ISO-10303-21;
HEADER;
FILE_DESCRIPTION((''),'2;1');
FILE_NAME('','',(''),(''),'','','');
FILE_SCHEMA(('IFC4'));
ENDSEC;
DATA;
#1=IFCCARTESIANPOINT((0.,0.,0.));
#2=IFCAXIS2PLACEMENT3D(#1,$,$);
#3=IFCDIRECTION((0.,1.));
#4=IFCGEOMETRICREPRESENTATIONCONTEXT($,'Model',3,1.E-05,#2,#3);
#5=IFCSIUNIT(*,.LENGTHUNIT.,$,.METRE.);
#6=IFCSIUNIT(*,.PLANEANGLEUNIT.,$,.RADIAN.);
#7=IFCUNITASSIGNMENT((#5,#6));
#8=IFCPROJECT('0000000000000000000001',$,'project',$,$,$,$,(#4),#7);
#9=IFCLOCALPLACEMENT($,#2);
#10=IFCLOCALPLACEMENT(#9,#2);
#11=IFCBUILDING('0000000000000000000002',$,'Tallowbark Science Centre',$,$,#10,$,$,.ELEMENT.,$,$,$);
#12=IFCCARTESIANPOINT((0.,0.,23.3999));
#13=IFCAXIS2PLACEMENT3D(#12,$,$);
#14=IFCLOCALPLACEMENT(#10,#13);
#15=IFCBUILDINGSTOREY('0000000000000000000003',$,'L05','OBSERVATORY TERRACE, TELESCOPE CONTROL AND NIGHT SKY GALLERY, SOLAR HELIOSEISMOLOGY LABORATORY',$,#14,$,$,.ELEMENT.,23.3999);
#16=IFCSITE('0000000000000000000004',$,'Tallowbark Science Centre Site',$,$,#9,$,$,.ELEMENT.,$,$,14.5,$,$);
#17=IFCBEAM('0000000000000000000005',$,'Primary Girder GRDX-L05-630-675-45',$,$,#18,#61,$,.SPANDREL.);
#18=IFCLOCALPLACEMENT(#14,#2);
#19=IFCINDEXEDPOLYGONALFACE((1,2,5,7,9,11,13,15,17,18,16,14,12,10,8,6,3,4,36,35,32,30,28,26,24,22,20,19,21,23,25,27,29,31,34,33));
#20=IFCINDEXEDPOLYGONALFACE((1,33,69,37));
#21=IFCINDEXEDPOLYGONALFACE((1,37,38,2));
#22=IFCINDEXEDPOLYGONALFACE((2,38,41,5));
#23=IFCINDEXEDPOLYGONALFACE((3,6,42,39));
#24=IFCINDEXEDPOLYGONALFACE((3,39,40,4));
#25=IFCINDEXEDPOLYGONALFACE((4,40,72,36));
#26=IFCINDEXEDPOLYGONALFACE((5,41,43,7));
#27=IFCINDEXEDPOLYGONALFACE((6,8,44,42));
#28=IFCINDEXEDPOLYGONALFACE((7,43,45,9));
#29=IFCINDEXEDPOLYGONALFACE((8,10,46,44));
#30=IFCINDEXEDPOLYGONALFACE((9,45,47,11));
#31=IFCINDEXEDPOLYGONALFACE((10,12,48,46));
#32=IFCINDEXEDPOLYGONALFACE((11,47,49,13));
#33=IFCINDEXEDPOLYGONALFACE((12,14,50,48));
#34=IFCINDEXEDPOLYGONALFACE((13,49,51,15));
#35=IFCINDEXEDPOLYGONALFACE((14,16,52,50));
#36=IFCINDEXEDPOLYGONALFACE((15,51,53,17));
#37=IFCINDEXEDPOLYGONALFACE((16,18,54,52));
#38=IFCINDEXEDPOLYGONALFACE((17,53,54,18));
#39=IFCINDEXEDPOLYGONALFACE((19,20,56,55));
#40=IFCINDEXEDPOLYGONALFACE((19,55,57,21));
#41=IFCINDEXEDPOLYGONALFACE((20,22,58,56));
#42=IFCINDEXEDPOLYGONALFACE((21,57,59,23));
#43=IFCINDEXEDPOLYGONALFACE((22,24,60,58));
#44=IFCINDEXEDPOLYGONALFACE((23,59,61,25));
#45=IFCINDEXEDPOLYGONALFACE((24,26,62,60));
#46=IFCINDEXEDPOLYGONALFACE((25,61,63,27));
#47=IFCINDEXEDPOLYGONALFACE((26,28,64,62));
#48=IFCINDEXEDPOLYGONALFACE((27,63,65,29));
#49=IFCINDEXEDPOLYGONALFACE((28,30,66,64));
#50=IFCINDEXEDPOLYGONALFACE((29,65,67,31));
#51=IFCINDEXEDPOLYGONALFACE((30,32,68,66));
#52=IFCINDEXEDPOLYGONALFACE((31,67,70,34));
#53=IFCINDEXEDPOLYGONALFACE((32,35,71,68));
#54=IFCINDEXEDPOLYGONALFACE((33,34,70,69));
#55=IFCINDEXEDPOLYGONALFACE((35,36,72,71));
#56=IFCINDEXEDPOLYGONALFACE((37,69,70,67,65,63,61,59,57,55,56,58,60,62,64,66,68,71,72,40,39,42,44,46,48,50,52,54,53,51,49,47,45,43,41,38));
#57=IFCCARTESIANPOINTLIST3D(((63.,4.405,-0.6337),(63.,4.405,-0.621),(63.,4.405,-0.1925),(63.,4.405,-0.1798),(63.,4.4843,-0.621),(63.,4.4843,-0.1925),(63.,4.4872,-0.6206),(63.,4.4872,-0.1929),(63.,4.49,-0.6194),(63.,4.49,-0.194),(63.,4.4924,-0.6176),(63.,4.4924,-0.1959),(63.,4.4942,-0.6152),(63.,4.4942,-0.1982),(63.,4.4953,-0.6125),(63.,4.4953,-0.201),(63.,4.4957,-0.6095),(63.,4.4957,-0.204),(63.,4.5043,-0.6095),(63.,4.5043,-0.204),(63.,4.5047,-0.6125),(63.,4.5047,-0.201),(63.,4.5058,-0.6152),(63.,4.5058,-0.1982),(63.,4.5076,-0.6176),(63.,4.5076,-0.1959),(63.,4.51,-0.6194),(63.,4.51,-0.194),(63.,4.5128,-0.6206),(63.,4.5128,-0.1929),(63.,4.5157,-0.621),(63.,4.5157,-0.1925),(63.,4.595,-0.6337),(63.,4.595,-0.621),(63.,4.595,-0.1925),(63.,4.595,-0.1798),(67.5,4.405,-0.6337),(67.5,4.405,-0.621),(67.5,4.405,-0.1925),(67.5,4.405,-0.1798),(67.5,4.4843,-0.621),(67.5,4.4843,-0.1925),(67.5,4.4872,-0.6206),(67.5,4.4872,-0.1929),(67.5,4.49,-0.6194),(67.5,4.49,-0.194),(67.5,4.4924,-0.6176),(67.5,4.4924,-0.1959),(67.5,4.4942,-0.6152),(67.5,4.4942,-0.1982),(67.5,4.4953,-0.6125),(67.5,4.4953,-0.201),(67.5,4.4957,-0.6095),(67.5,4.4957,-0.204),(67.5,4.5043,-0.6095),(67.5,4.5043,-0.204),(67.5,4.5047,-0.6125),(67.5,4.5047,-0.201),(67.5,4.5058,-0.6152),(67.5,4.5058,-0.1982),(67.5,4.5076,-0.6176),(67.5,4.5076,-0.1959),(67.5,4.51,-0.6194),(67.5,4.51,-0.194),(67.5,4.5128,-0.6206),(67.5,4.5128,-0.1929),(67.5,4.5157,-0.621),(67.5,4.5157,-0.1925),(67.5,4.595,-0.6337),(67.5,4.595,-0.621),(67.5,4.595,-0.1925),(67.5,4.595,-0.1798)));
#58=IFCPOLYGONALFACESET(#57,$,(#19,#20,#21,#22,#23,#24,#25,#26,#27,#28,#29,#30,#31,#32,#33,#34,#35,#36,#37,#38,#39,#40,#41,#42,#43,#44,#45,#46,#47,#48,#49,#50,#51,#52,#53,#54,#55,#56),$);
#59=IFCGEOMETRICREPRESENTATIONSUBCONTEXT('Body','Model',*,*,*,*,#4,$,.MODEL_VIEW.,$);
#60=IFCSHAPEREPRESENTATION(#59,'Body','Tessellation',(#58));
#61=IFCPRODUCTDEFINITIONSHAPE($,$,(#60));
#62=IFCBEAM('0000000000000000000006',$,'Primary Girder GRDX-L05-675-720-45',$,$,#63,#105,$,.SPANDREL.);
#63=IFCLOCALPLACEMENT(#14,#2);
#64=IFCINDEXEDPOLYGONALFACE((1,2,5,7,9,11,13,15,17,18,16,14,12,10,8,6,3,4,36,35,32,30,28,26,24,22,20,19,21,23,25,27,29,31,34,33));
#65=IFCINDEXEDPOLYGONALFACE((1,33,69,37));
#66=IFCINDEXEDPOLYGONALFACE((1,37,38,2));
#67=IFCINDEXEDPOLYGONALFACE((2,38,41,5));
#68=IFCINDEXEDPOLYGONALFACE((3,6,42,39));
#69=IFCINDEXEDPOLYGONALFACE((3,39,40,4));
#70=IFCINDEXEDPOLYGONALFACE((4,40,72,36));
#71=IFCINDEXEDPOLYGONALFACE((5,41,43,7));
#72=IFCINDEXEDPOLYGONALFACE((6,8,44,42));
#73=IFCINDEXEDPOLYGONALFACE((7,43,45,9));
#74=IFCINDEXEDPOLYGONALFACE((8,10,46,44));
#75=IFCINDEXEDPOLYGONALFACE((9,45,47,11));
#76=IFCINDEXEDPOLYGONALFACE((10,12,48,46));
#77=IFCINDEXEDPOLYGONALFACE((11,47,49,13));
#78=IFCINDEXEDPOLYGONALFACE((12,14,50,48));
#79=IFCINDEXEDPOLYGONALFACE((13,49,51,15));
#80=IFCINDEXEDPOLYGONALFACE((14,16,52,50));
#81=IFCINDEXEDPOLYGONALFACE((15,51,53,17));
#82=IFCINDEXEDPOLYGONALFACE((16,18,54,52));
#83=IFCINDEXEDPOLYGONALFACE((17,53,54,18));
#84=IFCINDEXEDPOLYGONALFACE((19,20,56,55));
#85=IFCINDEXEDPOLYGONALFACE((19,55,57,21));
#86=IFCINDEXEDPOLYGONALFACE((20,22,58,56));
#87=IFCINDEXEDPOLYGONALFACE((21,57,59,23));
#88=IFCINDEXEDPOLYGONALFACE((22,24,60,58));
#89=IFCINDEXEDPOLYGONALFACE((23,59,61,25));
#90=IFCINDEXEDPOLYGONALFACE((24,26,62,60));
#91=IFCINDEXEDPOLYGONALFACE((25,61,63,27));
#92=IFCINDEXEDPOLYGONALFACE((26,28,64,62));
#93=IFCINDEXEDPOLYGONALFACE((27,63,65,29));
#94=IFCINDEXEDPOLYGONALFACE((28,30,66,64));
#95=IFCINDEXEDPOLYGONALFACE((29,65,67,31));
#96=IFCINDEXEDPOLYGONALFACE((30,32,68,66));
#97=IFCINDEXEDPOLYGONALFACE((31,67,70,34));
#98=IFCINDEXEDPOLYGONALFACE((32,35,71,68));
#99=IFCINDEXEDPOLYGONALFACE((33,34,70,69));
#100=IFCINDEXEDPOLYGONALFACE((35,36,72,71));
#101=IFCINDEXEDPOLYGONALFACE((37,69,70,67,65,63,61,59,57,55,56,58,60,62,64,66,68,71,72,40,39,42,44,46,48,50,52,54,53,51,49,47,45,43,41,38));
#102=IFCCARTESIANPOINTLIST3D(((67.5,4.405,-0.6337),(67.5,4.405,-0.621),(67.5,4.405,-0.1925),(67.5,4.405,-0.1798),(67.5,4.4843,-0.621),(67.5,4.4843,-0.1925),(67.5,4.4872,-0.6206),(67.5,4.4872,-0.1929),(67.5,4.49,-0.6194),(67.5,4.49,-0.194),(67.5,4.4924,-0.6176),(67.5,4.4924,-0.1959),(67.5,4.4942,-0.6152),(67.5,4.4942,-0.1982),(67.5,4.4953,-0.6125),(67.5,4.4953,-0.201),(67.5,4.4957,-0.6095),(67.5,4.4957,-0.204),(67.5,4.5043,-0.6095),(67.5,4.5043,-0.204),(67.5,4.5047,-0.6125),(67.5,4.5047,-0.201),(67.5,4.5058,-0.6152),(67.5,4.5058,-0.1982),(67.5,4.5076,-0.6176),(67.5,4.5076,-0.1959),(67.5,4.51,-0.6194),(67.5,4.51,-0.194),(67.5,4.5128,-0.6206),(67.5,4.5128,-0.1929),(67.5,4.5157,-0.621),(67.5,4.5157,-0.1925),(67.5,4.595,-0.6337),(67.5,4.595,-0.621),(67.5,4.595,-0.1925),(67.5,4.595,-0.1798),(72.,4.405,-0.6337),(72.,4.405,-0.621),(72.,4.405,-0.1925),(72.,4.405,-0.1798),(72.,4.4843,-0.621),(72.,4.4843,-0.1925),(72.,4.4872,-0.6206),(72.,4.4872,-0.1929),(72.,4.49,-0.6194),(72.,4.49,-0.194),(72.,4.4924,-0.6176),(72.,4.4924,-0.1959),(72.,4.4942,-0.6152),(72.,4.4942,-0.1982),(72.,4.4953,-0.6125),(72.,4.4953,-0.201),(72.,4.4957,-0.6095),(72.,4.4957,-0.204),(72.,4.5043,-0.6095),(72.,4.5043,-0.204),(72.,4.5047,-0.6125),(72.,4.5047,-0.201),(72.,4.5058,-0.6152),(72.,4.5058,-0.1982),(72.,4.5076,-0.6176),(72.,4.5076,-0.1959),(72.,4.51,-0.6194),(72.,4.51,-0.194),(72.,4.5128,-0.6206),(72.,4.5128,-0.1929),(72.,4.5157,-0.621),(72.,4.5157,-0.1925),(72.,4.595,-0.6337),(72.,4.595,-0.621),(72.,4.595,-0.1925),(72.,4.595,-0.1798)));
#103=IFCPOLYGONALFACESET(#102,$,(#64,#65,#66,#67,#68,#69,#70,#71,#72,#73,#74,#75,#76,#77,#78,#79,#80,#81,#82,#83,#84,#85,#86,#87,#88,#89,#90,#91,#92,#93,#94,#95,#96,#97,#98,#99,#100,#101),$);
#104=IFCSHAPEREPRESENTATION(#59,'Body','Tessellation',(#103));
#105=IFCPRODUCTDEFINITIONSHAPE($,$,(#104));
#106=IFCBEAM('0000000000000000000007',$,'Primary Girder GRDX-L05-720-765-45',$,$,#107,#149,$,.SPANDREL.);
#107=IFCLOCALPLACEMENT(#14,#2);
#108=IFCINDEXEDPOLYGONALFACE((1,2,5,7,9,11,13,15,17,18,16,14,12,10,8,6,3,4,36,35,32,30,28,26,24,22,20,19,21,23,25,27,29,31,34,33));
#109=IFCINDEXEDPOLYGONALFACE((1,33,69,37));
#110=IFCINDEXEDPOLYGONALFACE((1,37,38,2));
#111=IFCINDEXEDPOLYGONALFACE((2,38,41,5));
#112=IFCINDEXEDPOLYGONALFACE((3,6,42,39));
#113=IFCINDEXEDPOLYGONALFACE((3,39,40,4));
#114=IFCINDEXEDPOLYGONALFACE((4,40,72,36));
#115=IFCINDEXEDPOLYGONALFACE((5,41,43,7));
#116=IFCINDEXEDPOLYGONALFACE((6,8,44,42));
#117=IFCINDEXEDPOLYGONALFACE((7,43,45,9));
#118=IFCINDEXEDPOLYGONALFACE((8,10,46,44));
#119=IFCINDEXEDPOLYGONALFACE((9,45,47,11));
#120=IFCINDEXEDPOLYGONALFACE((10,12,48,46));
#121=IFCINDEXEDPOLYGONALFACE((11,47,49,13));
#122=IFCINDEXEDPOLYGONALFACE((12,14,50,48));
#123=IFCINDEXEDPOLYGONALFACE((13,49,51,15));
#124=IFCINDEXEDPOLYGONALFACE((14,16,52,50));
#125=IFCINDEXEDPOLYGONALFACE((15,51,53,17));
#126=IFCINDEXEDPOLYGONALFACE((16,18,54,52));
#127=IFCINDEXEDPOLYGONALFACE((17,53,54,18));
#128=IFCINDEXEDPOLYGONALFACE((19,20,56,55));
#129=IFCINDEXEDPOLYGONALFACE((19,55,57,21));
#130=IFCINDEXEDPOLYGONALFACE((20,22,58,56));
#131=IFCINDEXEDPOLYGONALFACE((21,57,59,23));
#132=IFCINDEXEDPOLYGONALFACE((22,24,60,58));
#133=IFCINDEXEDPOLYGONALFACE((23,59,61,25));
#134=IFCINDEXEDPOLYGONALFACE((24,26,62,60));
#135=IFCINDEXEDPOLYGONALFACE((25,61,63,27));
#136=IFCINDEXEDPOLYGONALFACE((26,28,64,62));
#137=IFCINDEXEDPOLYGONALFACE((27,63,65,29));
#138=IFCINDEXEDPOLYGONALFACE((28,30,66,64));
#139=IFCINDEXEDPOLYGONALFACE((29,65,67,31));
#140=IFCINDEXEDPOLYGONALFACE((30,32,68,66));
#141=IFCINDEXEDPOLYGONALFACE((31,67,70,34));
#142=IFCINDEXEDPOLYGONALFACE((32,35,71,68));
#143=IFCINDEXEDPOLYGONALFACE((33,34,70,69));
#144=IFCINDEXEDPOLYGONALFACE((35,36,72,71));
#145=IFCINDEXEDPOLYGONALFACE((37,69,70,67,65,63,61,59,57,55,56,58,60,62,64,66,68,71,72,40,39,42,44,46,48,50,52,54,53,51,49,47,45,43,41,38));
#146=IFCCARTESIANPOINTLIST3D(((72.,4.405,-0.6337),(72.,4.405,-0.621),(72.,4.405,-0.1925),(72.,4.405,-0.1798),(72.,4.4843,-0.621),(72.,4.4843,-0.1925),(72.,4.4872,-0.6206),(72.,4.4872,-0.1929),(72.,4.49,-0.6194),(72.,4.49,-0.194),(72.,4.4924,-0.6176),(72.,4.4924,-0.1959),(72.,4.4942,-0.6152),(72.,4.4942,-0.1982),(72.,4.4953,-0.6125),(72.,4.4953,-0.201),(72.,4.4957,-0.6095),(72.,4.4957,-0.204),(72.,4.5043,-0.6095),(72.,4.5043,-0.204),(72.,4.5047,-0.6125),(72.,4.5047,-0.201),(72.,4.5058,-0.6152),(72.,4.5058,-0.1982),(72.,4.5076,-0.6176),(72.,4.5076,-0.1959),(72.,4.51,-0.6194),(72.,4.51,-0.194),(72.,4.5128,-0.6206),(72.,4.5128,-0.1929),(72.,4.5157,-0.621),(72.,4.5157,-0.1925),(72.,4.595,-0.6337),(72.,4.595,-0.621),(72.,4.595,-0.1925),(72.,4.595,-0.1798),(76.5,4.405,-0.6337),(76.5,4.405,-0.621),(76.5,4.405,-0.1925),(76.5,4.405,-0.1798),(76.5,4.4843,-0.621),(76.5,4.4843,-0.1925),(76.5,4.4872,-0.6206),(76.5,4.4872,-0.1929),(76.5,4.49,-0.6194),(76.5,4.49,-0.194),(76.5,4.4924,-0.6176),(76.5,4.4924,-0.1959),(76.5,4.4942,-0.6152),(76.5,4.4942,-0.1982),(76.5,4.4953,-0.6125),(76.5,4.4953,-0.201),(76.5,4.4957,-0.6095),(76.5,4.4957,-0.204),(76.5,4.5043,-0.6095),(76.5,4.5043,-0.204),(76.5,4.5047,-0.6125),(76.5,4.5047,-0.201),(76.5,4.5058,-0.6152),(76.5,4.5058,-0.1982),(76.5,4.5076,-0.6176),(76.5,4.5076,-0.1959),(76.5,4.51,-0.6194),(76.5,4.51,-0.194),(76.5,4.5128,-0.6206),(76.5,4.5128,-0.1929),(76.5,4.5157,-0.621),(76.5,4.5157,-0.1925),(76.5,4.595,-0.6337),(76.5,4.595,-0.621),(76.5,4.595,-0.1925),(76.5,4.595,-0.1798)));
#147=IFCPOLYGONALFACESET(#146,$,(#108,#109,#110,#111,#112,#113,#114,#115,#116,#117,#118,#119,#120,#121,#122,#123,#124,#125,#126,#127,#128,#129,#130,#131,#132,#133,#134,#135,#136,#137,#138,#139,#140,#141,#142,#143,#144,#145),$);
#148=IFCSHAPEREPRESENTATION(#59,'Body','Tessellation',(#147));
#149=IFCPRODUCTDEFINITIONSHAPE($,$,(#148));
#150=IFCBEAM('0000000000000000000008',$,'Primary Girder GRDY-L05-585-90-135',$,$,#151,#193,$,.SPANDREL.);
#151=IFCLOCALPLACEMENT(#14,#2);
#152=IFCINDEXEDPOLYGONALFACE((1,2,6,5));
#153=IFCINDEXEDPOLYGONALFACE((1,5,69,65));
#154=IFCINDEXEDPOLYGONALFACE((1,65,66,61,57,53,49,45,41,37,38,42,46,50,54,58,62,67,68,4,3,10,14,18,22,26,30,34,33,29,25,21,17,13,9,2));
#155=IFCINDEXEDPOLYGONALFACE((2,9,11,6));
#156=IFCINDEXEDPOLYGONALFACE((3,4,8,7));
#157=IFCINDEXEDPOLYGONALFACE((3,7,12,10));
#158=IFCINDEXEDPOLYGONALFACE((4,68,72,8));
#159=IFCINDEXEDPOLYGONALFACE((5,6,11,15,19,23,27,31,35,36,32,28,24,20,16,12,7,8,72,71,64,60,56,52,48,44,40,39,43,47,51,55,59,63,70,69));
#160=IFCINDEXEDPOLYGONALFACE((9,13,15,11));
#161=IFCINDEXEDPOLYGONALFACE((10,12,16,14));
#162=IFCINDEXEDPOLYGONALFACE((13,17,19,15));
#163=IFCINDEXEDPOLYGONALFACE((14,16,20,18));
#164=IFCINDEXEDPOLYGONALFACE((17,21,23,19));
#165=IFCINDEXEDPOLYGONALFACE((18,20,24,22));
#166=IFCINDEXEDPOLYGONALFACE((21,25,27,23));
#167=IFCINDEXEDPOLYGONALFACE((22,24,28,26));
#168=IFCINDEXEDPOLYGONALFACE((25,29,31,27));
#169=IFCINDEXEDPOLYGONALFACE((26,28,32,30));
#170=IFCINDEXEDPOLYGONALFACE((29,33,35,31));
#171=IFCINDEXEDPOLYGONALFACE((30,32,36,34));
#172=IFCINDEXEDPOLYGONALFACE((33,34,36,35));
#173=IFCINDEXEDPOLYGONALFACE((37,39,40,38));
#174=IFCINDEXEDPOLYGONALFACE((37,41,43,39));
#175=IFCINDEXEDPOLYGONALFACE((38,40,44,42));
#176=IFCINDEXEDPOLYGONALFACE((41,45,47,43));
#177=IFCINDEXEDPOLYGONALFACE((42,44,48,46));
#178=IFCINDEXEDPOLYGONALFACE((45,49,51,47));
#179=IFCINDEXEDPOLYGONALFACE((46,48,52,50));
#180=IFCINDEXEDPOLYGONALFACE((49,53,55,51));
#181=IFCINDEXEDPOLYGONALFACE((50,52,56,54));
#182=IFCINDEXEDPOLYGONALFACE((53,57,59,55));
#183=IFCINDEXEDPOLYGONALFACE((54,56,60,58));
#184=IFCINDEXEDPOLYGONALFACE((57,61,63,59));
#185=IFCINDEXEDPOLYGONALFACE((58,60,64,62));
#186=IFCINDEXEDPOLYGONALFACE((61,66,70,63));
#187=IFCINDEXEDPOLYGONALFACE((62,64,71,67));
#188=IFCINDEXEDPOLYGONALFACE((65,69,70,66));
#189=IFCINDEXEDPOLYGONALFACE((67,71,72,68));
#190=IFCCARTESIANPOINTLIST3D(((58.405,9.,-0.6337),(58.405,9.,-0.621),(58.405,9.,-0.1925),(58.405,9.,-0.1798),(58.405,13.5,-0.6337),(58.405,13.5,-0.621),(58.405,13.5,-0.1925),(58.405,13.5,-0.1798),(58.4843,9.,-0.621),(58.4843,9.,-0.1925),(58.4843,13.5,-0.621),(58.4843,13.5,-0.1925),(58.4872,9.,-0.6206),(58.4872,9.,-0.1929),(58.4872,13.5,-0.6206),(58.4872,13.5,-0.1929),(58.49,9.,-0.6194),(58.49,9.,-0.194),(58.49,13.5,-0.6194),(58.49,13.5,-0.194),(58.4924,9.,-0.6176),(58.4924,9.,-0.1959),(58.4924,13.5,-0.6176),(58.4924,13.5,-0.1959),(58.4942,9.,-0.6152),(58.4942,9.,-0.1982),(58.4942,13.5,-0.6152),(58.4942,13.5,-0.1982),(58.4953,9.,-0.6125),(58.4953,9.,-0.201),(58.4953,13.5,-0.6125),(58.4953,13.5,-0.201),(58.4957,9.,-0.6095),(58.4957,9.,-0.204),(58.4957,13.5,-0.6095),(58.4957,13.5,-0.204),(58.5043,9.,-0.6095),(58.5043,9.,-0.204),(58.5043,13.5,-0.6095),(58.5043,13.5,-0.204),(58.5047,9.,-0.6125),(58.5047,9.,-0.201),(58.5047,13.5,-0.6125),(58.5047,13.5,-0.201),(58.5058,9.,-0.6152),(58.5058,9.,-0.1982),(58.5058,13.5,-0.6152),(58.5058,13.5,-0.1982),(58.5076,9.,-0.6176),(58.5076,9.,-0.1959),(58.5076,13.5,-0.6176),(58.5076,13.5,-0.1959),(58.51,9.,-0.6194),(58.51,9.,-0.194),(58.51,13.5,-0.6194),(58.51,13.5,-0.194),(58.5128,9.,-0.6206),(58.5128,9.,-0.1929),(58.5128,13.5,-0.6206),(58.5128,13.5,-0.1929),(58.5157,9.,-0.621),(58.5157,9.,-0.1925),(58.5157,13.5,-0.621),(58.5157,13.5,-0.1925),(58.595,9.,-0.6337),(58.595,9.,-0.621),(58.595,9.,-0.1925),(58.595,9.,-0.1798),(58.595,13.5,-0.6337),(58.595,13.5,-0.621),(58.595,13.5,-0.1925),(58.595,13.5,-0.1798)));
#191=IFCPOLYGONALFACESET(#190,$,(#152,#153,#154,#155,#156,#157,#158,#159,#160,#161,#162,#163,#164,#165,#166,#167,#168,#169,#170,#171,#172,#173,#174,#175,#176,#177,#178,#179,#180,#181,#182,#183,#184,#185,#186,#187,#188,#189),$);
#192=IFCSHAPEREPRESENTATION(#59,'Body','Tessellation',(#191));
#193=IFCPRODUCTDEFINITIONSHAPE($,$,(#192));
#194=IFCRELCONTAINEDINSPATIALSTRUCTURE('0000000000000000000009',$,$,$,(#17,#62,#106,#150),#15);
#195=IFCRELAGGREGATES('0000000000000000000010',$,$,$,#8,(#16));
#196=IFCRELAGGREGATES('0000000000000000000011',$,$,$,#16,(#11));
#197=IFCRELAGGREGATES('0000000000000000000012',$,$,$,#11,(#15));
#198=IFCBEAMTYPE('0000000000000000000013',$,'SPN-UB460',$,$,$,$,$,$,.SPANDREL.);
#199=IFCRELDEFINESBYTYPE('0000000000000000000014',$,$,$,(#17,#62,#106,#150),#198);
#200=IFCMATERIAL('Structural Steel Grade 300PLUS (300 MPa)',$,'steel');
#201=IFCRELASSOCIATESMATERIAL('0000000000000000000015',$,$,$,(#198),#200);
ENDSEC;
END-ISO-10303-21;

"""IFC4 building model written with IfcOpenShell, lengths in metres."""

from ifc_helpers import new_model, si_unit, direction, frame, origin, origin_2d, place, context, subcontext, project, spatial, i_section, extrude, material, material_profile, profile_set, type_object, element, save


model = new_model("IFC4")

# Units and contexts
model_context = context("Model", 3, precision=1e-05, world=origin(), true_north=direction((0.0, 1.0)))
body_context = subcontext(model_context, "Body", "Model", "MODEL_VIEW")
ifc_project = project(units=[si_unit("LENGTHUNIT", "METRE"), si_unit("PLANEANGLEUNIT", "RADIAN")], contexts=[model_context])

# Site, building, storey
site_placement = place(None, origin())
site = spatial("IfcSite", under=ifc_project, at=site_placement, Name="Tallowbark Science Centre Site", CompositionType="ELEMENT", RefElevation=14.5)
building_placement = place(site_placement, origin())
building = spatial("IfcBuilding", under=site, at=building_placement, Name="Tallowbark Science Centre", CompositionType="ELEMENT")
storey_placement = place(building_placement, frame((0.0, 0.0, 23.3999)))
storey = spatial("IfcBuildingStorey", under=building, at=storey_placement, Name="L05", Description="OBSERVATORY TERRACE, TELESCOPE CONTROL AND NIGHT SKY GALLERY, SOLAR HELIOSEISMOLOGY LABORATORY", CompositionType="ELEMENT", Elevation=23.3999)

# Shared definitions
ifc_material_1 = material(Name="Structural Steel Grade 300PLUS (300 MPa)", Category="steel")

# Beams
ifc_material_profile_1 = material_profile(ifc_material_1, i_section(OverallWidth=0.1899, OverallDepth=0.4539, WebThickness=0.0085, FlangeThickness=0.0127, FilletRadius=0.0115, at=origin_2d()), Name="460UB67.1")
ifc_profile_set_1 = profile_set([ifc_material_profile_1], Name="Structural Steel Grade 300PLUS (300 MPa)")
beam_type_1 = type_object("IfcBeamType", Name="SPN-UB460", PredefinedType="SPANDREL", material=ifc_profile_set_1)
for number, where, z_axis, x_axis, name in (
    (1, (63.0, 4.5, -0.4067), (1.0, 0.0, 0.0), (0.0, 1.0, 0.0), "Primary Girder GRDX-L05-630-675-45"),
    (2, (67.5, 4.5, -0.4067), (1.0, 0.0, 0.0), (0.0, 1.0, 0.0), "Primary Girder GRDX-L05-675-720-45"),
    (3, (72.0, 4.5, -0.4067), (1.0, 0.0, 0.0), (0.0, 1.0, 0.0), "Primary Girder GRDX-L05-720-765-45"),
    (4, (58.5, 9.0, -0.4067), (0.0, 1.0, 0.0), (-1.0, 0.0, 0.0), "Primary Girder GRDY-L05-585-90-135"),
):
    element("IfcBeam", number, at=place(storey_placement, frame(where, z_axis=z_axis, x_axis=x_axis)), inside=storey, type_object=beam_type_1, Name=name, PredefinedType="SPANDREL", context=body_context, shape_type="SweptSolid", body=[
        extrude(i_section(OverallWidth=0.1899, OverallDepth=0.4539, WebThickness=0.0085, FlangeThickness=0.0127, FilletRadius=0.0115, at=origin_2d()), origin(), (0.0, 0.0, 1.0), 4.5),
    ])

save(model, "model.ifc")
